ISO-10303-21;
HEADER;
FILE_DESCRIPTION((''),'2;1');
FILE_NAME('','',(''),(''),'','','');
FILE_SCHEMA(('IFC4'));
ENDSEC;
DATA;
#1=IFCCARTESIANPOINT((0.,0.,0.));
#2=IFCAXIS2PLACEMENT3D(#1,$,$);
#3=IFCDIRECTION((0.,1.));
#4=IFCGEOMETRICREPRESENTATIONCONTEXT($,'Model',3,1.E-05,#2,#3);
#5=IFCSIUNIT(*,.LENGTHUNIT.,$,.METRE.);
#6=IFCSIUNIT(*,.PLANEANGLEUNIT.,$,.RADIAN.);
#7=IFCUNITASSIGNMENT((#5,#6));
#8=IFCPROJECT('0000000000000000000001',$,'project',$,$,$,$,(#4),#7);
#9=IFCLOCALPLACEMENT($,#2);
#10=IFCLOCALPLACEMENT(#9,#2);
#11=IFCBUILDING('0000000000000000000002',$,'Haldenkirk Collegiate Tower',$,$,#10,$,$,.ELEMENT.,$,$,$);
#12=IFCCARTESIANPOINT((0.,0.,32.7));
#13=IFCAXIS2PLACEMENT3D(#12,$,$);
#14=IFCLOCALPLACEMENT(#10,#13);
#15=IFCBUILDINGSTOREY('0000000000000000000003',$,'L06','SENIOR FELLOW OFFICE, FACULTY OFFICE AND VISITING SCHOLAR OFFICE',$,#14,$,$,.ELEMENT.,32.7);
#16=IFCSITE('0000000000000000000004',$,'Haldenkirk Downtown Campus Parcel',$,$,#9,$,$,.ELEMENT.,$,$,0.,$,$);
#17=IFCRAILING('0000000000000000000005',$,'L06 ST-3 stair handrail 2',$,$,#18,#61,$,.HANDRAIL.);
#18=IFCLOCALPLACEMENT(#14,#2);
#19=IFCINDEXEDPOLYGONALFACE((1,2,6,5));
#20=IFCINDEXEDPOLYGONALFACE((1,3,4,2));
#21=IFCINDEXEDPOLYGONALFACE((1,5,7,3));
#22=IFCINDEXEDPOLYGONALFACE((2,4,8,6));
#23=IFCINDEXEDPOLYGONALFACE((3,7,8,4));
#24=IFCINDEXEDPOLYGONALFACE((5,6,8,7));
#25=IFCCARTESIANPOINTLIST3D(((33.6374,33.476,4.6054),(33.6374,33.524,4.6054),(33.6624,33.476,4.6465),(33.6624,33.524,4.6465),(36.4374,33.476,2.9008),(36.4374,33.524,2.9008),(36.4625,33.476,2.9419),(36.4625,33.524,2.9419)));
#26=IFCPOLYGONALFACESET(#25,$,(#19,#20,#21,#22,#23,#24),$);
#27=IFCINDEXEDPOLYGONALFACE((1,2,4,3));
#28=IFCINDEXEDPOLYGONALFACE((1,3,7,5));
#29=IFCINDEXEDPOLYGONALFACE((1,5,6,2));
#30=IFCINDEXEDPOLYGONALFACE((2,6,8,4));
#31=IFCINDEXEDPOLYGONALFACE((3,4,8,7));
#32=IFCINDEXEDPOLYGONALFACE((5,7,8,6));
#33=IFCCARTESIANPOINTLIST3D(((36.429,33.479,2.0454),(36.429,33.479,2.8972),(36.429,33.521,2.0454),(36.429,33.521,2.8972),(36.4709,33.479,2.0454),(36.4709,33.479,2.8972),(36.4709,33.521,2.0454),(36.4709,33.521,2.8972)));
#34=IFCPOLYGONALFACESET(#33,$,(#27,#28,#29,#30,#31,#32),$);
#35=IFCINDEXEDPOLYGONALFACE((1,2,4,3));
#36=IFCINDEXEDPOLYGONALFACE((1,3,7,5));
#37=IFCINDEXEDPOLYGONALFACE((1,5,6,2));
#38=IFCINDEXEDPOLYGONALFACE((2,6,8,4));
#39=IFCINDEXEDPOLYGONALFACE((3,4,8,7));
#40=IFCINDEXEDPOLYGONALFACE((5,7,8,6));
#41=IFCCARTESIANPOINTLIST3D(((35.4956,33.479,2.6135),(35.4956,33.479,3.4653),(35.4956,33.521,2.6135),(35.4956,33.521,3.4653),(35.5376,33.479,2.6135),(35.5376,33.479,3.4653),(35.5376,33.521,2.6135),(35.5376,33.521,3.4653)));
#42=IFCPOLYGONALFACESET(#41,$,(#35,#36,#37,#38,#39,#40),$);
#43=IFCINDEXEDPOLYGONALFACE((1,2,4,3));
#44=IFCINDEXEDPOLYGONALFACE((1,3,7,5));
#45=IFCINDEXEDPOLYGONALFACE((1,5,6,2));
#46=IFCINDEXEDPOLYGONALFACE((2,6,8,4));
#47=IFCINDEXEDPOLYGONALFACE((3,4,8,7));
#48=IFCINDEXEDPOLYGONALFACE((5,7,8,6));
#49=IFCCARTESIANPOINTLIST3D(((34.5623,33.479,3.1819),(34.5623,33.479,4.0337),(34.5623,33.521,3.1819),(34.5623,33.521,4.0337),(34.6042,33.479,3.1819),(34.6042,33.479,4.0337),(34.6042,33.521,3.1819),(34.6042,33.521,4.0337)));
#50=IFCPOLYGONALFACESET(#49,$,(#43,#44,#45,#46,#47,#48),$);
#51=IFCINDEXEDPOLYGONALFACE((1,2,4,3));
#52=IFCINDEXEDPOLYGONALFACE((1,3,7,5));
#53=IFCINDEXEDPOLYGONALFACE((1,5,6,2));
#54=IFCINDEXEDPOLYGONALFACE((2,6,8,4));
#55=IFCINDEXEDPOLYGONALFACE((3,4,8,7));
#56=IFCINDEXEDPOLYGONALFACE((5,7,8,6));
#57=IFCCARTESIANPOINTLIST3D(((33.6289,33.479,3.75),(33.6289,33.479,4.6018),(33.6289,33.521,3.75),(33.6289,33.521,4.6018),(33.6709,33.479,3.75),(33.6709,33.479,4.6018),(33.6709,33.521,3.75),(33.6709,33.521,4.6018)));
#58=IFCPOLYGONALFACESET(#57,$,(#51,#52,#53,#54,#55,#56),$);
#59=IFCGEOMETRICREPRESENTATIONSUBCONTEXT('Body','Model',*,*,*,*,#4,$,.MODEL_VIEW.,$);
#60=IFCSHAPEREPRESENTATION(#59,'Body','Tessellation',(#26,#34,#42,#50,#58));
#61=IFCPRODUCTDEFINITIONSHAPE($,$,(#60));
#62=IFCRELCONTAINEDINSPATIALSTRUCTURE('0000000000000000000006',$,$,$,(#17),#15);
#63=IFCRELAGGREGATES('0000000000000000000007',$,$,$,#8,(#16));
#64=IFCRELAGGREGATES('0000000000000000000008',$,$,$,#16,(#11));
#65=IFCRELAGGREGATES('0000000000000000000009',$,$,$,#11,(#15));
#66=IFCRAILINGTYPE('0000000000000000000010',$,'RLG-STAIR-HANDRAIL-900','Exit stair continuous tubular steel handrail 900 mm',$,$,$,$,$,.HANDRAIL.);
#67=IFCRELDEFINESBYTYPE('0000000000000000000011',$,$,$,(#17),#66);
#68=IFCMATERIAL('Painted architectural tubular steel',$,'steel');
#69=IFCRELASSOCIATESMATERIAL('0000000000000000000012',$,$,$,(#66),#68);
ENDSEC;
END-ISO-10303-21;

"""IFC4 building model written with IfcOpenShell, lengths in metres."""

from ifc_helpers import new_model, si_unit, direction, frame, origin, origin_2d, place, context, subcontext, project, spatial, rectangle, extrude, material, type_object, element, save


model = new_model("IFC4")

# Units and contexts
model_context = context("Model", 3, precision=1e-05, world=origin(), true_north=direction((0.0, 1.0)))
body_context = subcontext(model_context, "Body", "Model", "MODEL_VIEW")
ifc_project = project(units=[si_unit("LENGTHUNIT", "METRE"), si_unit("PLANEANGLEUNIT", "RADIAN")], contexts=[model_context])

# Site, building, storey
site_placement = place(None, origin())
site = spatial("IfcSite", under=ifc_project, at=site_placement, Name="Haldenkirk Downtown Campus Parcel", CompositionType="ELEMENT", RefElevation=0.0)
building_placement = place(site_placement, origin())
building = spatial("IfcBuilding", under=site, at=building_placement, Name="Haldenkirk Collegiate Tower", CompositionType="ELEMENT")
storey_placement = place(building_placement, frame((0.0, 0.0, 32.7)))
storey = spatial("IfcBuildingStorey", under=building, at=storey_placement, Name="L06", Description="SENIOR FELLOW OFFICE, FACULTY OFFICE AND VISITING SCHOLAR OFFICE", CompositionType="ELEMENT", Elevation=32.7)

# Railing
ifc_material_1 = material(Name="Painted architectural tubular steel", Category="steel")
railing_type_1 = type_object("IfcRailingType", Name="RLG-STAIR-HANDRAIL-900", Description="Exit stair continuous tubular steel handrail 900 mm", PredefinedType="HANDRAIL", material=ifc_material_1)
railing_1_placement = place(storey_placement, frame((36.45, 33.5, 2.0454)))
element("IfcRailing", 1, at=railing_1_placement, inside=storey, type_object=railing_type_1, Name="L06 ST-3 stair handrail 2", PredefinedType="HANDRAIL", context=body_context, shape_type="SweptSolid", body=[
    extrude(rectangle(XDim=0.0481, YDim=0.0481, at=origin_2d()), frame((0.0, 0.0, 0.876), z_axis=(-0.85417, 0.0, 0.519994), x_axis=(0.0, -1.0, 0.0)), (0.0, 0.0, 1.0), 3.2781),
    extrude(rectangle(XDim=0.042, YDim=0.042, at=origin_2d()), origin(), (0.0, 0.0, 1.0), 0.8518),
    extrude(rectangle(XDim=0.042, YDim=0.042, at=origin_2d()), frame((-0.9333, 0.0, 0.5681)), (0.0, 0.0, 1.0), 0.8518),
    extrude(rectangle(XDim=0.042, YDim=0.042, at=origin_2d()), frame((-1.8667, 0.0, 1.1365)), (0.0, 0.0, 1.0), 0.8518),
    extrude(rectangle(XDim=0.042, YDim=0.042, at=origin_2d()), frame((-2.8, 0.0, 1.7046)), (0.0, 0.0, 1.0), 0.8518),
])

save(model, "model.ifc")
